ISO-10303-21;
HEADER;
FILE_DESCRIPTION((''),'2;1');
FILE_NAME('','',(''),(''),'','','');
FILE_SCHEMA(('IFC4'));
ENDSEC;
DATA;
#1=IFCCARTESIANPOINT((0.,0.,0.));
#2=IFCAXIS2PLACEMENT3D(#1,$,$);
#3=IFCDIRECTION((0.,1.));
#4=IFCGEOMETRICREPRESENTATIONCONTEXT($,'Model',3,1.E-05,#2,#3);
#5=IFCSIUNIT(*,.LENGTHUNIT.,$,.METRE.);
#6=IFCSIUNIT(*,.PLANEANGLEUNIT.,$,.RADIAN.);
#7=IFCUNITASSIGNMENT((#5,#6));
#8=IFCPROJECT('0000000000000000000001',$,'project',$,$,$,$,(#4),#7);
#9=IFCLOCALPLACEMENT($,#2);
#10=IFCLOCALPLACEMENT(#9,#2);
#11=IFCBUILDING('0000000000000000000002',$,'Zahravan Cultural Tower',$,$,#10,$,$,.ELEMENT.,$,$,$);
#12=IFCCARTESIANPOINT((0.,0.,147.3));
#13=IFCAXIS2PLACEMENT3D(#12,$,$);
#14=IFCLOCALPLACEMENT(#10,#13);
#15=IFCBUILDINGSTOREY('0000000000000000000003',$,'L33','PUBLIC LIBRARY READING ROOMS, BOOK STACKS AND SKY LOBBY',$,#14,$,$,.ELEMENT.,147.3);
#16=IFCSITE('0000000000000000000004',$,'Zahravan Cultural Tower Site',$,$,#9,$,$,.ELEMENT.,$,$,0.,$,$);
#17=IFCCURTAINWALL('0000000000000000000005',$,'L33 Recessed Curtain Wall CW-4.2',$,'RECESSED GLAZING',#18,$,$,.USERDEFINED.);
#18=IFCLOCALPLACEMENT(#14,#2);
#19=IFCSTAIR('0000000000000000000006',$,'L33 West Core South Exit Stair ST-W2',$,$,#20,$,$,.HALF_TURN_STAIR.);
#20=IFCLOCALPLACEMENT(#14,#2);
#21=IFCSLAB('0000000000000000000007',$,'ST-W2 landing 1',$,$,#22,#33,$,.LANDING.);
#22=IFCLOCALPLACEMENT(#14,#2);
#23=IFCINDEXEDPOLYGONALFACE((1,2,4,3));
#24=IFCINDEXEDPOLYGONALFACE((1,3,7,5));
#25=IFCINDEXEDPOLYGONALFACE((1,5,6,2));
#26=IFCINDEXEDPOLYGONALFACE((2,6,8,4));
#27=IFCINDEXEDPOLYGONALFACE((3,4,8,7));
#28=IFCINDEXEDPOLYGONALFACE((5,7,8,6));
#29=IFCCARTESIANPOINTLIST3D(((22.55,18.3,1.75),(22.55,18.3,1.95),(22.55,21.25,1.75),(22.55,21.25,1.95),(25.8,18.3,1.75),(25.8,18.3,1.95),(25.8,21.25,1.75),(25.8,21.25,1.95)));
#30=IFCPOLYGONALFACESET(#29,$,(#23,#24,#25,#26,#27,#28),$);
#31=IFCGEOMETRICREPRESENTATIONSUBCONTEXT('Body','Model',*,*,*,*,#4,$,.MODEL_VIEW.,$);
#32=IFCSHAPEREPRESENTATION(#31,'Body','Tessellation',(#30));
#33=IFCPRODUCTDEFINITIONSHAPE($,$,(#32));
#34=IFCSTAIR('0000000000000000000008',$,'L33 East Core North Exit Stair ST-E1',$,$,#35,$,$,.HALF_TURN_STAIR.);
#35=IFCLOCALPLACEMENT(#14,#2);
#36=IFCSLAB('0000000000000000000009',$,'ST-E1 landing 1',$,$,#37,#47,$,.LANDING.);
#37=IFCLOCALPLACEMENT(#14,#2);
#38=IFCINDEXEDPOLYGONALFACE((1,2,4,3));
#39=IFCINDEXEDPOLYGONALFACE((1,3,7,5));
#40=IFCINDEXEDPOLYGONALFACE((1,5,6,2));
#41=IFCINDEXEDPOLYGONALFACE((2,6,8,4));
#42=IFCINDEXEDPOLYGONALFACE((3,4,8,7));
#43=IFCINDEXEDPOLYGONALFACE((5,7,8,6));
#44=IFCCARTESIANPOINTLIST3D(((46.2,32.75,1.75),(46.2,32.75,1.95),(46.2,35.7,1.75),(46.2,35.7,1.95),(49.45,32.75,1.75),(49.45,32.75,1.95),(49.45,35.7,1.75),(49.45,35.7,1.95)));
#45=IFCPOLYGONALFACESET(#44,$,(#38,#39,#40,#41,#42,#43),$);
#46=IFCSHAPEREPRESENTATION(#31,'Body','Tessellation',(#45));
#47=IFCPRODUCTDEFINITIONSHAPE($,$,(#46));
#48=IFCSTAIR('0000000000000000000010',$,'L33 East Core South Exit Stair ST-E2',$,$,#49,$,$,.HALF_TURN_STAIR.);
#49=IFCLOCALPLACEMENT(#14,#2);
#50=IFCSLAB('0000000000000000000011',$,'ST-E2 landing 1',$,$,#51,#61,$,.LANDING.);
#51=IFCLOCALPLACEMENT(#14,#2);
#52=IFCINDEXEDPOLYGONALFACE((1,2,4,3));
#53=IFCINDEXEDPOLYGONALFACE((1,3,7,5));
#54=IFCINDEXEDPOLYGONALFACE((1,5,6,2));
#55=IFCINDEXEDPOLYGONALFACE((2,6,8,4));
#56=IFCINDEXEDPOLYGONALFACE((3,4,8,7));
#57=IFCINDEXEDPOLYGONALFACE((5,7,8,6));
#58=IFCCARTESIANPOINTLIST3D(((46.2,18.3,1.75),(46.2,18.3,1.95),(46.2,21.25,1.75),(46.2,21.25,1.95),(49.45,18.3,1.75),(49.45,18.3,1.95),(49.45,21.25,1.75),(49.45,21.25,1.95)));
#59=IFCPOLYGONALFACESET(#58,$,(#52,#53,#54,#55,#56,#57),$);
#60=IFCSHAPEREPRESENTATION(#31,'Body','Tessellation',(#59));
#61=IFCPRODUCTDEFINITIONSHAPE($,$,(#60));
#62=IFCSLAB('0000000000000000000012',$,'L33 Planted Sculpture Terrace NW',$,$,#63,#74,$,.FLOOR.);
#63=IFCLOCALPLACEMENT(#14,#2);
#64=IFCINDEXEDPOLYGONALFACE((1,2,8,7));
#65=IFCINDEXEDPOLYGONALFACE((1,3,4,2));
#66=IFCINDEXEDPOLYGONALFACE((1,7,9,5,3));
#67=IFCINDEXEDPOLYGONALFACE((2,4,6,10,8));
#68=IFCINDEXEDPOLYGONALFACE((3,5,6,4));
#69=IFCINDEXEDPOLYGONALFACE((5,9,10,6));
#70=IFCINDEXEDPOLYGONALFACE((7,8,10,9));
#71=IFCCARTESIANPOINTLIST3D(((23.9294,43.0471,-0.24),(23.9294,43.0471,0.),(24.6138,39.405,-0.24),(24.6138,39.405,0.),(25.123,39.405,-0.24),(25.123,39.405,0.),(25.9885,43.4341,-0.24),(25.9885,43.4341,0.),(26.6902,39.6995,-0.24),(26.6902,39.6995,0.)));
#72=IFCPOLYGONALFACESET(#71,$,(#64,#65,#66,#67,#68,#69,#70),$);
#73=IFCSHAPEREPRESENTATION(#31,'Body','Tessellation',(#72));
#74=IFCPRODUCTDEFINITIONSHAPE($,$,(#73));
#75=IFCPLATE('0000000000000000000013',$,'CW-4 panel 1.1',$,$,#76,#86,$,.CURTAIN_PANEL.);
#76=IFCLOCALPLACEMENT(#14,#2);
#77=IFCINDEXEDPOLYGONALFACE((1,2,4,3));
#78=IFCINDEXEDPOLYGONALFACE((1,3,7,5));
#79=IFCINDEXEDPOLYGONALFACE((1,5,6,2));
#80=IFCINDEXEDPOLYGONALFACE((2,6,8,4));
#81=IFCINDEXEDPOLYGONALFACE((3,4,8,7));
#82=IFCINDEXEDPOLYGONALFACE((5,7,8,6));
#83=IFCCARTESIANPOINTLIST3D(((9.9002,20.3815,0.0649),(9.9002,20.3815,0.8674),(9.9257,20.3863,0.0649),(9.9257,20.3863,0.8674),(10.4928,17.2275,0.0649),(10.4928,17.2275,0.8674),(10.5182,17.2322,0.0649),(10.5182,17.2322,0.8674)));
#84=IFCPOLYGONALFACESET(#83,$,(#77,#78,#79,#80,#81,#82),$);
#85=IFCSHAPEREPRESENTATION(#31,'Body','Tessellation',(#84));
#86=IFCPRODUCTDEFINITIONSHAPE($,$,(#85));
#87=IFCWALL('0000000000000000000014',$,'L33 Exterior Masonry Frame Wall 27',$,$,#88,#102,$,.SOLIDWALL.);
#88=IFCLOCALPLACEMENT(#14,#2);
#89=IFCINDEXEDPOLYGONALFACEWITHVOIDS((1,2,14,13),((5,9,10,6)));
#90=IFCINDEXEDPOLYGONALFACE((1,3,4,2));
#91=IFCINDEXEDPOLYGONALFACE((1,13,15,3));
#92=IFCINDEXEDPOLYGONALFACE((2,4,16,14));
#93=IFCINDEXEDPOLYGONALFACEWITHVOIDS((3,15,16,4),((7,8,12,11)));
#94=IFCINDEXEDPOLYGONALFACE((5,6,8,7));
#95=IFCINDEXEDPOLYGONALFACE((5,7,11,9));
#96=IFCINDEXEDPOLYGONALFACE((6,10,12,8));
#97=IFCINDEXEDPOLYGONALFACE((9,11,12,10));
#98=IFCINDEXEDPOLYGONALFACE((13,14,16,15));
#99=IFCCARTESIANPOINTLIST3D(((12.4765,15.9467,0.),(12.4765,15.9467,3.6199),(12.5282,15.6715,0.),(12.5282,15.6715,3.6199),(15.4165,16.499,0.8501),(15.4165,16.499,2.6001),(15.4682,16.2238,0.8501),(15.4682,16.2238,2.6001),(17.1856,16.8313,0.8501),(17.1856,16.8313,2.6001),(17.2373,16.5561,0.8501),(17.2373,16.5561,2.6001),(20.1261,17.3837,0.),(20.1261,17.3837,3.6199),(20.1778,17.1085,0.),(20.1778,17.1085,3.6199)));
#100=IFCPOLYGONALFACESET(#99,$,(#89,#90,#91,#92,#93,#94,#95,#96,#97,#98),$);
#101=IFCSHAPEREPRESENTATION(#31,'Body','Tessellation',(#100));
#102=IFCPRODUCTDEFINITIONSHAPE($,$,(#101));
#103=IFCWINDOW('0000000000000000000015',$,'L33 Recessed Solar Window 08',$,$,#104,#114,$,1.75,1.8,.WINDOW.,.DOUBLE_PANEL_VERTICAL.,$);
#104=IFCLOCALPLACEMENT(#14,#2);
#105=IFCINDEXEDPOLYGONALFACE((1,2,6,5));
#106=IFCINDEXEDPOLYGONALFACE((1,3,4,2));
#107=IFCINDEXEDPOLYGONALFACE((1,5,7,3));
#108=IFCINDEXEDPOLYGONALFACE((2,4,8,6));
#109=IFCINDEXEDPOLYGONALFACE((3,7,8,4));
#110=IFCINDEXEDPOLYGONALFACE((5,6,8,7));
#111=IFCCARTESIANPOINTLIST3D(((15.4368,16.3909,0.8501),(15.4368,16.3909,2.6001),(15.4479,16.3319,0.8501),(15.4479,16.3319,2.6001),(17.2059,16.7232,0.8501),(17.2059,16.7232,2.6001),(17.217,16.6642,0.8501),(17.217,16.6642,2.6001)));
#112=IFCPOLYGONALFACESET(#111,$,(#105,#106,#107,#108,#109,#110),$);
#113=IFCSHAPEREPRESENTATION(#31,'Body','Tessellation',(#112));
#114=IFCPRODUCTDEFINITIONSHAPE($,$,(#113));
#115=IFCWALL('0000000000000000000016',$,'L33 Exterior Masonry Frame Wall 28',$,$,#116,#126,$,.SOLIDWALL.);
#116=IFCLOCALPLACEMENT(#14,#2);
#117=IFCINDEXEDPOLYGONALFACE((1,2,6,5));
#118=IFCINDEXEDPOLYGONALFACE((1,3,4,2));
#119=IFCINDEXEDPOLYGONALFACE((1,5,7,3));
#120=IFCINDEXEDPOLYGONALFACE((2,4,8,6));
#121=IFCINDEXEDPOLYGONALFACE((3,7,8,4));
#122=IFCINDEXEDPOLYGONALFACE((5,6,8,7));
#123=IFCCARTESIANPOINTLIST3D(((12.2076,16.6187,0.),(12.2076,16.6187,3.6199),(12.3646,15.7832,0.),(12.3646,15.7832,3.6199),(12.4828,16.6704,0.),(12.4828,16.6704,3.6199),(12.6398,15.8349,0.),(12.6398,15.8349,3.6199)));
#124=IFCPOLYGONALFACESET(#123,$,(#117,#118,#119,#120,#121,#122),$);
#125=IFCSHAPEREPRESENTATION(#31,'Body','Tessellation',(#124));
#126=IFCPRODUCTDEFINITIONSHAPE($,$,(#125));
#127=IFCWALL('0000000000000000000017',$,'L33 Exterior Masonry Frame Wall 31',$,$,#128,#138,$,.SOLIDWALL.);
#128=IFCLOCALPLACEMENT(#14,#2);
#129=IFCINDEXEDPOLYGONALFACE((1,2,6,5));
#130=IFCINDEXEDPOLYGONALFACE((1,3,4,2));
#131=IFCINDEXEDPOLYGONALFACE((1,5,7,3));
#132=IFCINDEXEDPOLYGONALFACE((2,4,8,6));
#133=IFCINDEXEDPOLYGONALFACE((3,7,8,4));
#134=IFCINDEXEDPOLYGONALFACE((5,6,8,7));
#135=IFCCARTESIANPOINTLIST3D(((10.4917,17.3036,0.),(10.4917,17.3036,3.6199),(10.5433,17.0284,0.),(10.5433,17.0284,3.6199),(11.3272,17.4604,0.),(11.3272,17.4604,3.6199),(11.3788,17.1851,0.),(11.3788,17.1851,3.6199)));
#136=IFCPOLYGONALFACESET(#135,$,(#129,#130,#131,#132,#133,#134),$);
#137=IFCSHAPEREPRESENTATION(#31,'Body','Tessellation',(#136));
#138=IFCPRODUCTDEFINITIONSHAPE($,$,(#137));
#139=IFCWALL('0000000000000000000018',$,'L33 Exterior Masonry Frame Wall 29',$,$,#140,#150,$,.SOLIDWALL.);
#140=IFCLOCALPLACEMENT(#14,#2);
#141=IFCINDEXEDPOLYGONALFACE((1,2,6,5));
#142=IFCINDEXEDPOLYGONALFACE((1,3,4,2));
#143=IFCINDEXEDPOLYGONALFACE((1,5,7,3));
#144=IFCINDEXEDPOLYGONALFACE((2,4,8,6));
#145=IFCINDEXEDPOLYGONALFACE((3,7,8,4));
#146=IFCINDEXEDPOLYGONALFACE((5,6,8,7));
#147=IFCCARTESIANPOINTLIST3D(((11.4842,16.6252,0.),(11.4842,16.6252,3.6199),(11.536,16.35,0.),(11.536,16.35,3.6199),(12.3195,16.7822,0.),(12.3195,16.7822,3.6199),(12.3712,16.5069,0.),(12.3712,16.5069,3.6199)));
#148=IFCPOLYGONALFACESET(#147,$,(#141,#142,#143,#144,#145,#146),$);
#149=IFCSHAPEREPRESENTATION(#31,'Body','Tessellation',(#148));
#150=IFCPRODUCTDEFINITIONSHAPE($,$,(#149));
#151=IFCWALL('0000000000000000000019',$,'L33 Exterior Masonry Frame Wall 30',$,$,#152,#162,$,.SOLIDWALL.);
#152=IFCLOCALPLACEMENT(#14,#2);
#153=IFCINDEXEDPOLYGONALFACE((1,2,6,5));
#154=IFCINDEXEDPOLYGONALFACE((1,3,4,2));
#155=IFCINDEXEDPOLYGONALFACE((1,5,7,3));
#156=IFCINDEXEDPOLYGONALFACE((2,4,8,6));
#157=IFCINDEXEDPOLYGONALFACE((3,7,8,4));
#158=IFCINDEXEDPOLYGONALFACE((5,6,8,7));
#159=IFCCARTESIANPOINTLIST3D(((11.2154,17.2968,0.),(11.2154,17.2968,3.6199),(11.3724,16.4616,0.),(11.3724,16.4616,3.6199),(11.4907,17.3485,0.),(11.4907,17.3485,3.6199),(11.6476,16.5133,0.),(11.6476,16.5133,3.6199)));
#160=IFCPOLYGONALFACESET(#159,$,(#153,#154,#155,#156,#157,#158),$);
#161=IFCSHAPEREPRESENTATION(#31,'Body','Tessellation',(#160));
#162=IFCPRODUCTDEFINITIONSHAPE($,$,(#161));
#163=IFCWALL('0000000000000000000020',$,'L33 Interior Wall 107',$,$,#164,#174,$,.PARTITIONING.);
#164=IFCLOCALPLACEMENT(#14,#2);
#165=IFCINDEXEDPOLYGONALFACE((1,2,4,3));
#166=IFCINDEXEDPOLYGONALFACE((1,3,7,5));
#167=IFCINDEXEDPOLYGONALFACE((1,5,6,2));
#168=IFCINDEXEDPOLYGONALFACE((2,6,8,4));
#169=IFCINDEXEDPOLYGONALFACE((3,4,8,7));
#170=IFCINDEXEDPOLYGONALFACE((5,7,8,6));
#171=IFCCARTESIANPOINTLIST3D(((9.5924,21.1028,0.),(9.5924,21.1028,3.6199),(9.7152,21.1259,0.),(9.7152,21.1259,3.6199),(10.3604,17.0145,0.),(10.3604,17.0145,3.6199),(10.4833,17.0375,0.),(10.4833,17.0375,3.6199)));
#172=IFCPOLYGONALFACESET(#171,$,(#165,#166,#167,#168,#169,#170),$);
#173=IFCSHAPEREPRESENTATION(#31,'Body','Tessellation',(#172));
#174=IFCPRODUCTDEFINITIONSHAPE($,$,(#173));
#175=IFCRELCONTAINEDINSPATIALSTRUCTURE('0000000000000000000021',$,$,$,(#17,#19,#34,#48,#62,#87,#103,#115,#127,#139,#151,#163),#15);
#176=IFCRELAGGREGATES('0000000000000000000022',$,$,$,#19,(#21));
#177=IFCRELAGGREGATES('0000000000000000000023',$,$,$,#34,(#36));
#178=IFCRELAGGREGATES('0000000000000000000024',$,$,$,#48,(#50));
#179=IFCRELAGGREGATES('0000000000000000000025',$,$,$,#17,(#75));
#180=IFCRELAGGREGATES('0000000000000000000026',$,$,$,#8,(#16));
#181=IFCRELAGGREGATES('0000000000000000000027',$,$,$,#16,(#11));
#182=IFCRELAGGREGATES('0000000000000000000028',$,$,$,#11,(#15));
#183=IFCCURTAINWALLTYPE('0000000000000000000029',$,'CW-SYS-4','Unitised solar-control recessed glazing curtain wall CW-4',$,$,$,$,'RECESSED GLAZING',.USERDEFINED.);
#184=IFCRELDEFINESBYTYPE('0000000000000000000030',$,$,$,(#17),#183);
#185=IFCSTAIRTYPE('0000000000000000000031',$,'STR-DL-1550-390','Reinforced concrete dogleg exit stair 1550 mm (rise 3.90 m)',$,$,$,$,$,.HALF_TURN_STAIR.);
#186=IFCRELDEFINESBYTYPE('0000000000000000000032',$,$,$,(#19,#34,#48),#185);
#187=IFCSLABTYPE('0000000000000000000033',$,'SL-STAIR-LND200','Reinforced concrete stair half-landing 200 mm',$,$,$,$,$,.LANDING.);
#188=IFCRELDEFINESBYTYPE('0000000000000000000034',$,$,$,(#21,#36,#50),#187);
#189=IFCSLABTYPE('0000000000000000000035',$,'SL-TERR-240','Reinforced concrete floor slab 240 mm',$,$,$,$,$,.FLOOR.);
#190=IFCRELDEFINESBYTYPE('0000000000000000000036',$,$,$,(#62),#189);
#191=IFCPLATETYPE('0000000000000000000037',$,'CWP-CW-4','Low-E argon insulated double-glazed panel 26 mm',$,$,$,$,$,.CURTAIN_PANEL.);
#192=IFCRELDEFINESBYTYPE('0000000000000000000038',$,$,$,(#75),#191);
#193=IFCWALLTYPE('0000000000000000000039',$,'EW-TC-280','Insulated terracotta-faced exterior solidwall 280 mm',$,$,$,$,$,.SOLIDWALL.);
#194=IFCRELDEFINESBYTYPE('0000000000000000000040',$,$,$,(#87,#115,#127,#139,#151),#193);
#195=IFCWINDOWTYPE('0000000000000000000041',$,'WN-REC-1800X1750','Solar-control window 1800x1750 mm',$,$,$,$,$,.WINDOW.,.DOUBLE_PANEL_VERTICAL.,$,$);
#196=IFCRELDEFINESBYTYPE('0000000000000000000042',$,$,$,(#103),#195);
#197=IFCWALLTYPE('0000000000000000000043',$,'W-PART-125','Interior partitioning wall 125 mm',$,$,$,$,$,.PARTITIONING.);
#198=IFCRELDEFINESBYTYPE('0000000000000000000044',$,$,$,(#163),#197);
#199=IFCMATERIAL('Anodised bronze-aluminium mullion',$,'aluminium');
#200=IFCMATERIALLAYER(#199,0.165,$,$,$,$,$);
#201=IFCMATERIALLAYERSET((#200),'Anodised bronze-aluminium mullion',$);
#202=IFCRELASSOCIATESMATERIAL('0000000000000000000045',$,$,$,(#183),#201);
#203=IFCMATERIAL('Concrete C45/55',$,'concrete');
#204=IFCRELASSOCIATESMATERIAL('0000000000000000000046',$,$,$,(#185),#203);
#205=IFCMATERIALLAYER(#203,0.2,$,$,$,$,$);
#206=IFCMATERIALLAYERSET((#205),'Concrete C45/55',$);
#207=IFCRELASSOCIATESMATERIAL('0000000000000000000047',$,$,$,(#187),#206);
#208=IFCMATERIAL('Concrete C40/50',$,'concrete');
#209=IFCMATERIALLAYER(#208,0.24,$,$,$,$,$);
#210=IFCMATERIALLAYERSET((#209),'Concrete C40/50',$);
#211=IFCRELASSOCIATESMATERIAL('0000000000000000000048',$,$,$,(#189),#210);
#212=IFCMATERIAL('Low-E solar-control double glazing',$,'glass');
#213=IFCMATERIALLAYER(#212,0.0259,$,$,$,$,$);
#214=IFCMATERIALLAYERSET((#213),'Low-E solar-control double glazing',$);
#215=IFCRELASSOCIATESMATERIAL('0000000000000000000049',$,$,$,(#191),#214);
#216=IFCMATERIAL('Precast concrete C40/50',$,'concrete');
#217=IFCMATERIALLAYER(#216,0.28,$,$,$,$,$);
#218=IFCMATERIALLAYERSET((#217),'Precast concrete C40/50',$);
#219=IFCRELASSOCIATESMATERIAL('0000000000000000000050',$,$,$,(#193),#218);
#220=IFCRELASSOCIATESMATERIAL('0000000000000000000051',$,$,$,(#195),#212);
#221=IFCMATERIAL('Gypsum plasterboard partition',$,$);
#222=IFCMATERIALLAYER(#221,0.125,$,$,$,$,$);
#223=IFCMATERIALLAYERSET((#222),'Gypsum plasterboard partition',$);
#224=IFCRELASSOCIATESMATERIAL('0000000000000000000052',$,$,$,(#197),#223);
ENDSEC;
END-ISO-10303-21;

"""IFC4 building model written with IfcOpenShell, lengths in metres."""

from ifc_helpers import new_model, si_unit, direction, frame, frame_2d, origin, origin_2d, place, context, subcontext, project, spatial, polyline, rectangle, outline, extrude, source, transform, mapped, material, layer, layer_set, type_object, element, fill, aggregate, save


model = new_model("IFC4")

# Units and contexts
model_context = context("Model", 3, precision=1e-05, world=origin(), true_north=direction((0.0, 1.0)))
body_context = subcontext(model_context, "Body", "Model", "MODEL_VIEW")
ifc_project = project(units=[si_unit("LENGTHUNIT", "METRE"), si_unit("PLANEANGLEUNIT", "RADIAN")], contexts=[model_context])

# Site, building, storey
site_placement = place(None, origin())
site = spatial("IfcSite", under=ifc_project, at=site_placement, Name="Zahravan Cultural Tower Site", CompositionType="ELEMENT", RefElevation=0.0)
building_placement = place(site_placement, origin())
building = spatial("IfcBuilding", under=site, at=building_placement, Name="Zahravan Cultural Tower", CompositionType="ELEMENT")
storey_placement = place(building_placement, frame((0.0, 0.0, 147.3)))
storey = spatial("IfcBuildingStorey", under=building, at=storey_placement, Name="L33", Description="PUBLIC LIBRARY READING ROOMS, BOOK STACKS AND SKY LOBBY", CompositionType="ELEMENT", Elevation=147.3)

# Curtain wall
ifc_material_1 = material(Name="Anodised bronze-aluminium mullion", Category="aluminium")
ifc_layer_1 = layer(ifc_material_1, 0.165)
ifc_layer_set_1 = layer_set([ifc_layer_1], Name="Anodised bronze-aluminium mullion")
curtain_wall_type = type_object("IfcCurtainWallType", Name="CW-SYS-4", Description="Unitised solar-control recessed glazing curtain wall CW-4", ElementType="RECESSED GLAZING", PredefinedType="USERDEFINED", material=ifc_layer_set_1)
curtain_wall_placement = place(storey_placement, origin())
curtain_wall = element("IfcCurtainWall", 1, at=curtain_wall_placement, inside=storey, type_object=curtain_wall_type, Name="L33 Recessed Curtain Wall CW-4.2", ObjectType="RECESSED GLAZING", PredefinedType="USERDEFINED")

# Shared definitions
ifc_material_2 = material(Name="Concrete C45/55", Category="concrete")

# Stairs, slabs
stair_type = type_object("IfcStairType", Name="STR-DL-1550-390", Description="Reinforced concrete dogleg exit stair 1550 mm (rise 3.90 m)", PredefinedType="HALF_TURN_STAIR", material=ifc_material_2)
ifc_layer_2 = layer(ifc_material_2, 0.2)
ifc_layer_set_2 = layer_set([ifc_layer_2], Name="Concrete C45/55")
slab_type_1 = type_object("IfcSlabType", Name="SL-STAIR-LND200", Description="Reinforced concrete stair half-landing 200 mm", PredefinedType="LANDING", material=ifc_layer_set_2)
stair_1_placement = place(storey_placement, origin())
stair_1 = element("IfcStair", 2, at=stair_1_placement, inside=storey, type_object=stair_type, Name="L33 West Core South Exit Stair ST-W2", PredefinedType="HALF_TURN_STAIR")
slab_1_placement = place(storey_placement, frame((0.0, 0.0, 1.75)))
slab_1 = element("IfcSlab", 3, at=slab_1_placement, type_object=slab_type_1, Name="ST-W2 landing 1", PredefinedType="LANDING", context=body_context, shape_type="SweptSolid", body=[
    extrude(outline(polyline([(22.55, 21.25), (22.55, 18.3), (25.8, 18.3), (25.8, 21.25), (22.55, 21.25)])), origin(), (0.0, 0.0, 1.0), 0.2),
])
aggregate(stair_1, [slab_1])
stair_2_placement = place(storey_placement, origin())
stair_2 = element("IfcStair", 4, at=stair_2_placement, inside=storey, type_object=stair_type, Name="L33 East Core North Exit Stair ST-E1", PredefinedType="HALF_TURN_STAIR")
slab_2_placement = place(storey_placement, frame((0.0, 0.0, 1.75)))
slab_2 = element("IfcSlab", 5, at=slab_2_placement, type_object=slab_type_1, Name="ST-E1 landing 1", PredefinedType="LANDING", context=body_context, shape_type="SweptSolid", body=[
    extrude(outline(polyline([(49.45, 32.75), (49.45, 35.7), (46.2, 35.7), (46.2, 32.75), (49.45, 32.75)])), origin(), (0.0, 0.0, 1.0), 0.2),
])
aggregate(stair_2, [slab_2])
stair_3_placement = place(storey_placement, origin())
stair_3 = element("IfcStair", 6, at=stair_3_placement, inside=storey, type_object=stair_type, Name="L33 East Core South Exit Stair ST-E2", PredefinedType="HALF_TURN_STAIR")
slab_3_placement = place(storey_placement, frame((0.0, 0.0, 1.75)))
slab_3 = element("IfcSlab", 7, at=slab_3_placement, type_object=slab_type_1, Name="ST-E2 landing 1", PredefinedType="LANDING", context=body_context, shape_type="SweptSolid", body=[
    extrude(outline(polyline([(46.2, 21.25), (46.2, 18.3), (49.45, 18.3), (49.45, 21.25), (46.2, 21.25)])), origin(), (0.0, 0.0, 1.0), 0.2),
])
aggregate(stair_3, [slab_3])

# Slab
ifc_material_3 = material(Name="Concrete C40/50", Category="concrete")
ifc_layer_3 = layer(ifc_material_3, 0.24)
ifc_layer_set_3 = layer_set([ifc_layer_3], Name="Concrete C40/50")
slab_type_2 = type_object("IfcSlabType", Name="SL-TERR-240", Description="Reinforced concrete floor slab 240 mm", PredefinedType="FLOOR", material=ifc_layer_set_3)
slab_4_placement = place(storey_placement, frame((0.0, 0.0, -0.24)))
element("IfcSlab", 8, at=slab_4_placement, inside=storey, type_object=slab_type_2, Name="L33 Planted Sculpture Terrace NW", PredefinedType="FLOOR", context=body_context, shape_type="SweptSolid", body=[
    extrude(outline(polyline([(23.9294, 43.0471), (24.6138, 39.405), (25.123, 39.405), (26.6902, 39.6995), (25.9885, 43.4341), (23.9294, 43.0471)])), origin(), (0.0, 0.0, 1.0), 0.24),
])

# Plate
ifc_material_4 = material(Name="Low-E solar-control double glazing", Category="glass")
ifc_layer_4 = layer(ifc_material_4, 0.0259)
ifc_layer_set_4 = layer_set([ifc_layer_4], Name="Low-E solar-control double glazing")
plate_type = type_object("IfcPlateType", Name="CWP-CW-4", Description="Low-E argon insulated double-glazed panel 26 mm", PredefinedType="CURTAIN_PANEL", material=ifc_layer_set_4)
shared_shape_1 = source(origin(), body_context, "Body", "SweptSolid", [
    extrude(rectangle(XDim=3.2092, YDim=0.0259, at=origin_2d()), origin(), (0.0, 0.0, 1.0), 0.8025),
])
plate_placement = place(storey_placement, frame((10.2092, 18.8069, 0.0649), z_axis=(0.0, 0.0, 1.0), x_axis=(-0.184638, 0.982807, 0.0)))
plate = element("IfcPlate", 9, at=plate_placement, type_object=plate_type, Name="CW-4 panel 1.1", PredefinedType="CURTAIN_PANEL", context=body_context, shape_type="MappedRepresentation", body=[
    mapped(shared_shape_1, transform((0.0, 0.0, 0.0), x_axis=(1.0, 0.0, 0.0), y_axis=(0.0, 1.0, 0.0), z_axis=(0.0, 0.0, 1.0), scale=1.0)),
])
aggregate(curtain_wall, [plate])

# Wall, opening, window
ifc_material_5 = material(Name="Precast concrete C40/50", Category="concrete")
ifc_layer_5 = layer(ifc_material_5, 0.28)
ifc_layer_set_5 = layer_set([ifc_layer_5], Name="Precast concrete C40/50")
wall_type_1 = type_object("IfcWallType", Name="EW-TC-280", Description="Insulated terracotta-faced exterior solidwall 280 mm", PredefinedType="SOLIDWALL", material=ifc_layer_set_5)
wall_1_placement = place(storey_placement, frame((20.1519, 17.2461, 0.0), z_axis=(0.0, 0.0, 1.0), x_axis=(-0.982809, -0.184624, 0.0)))
wall_1 = element("IfcWall", 10, at=wall_1_placement, inside=storey, type_object=wall_type_1, Name="L33 Exterior Masonry Frame Wall 27", PredefinedType="SOLIDWALL", context=body_context, shape_type="SweptSolid", body=[
    extrude(rectangle(XDim=7.7834, YDim=0.28, at=frame_2d((3.8916, 0.0))), origin(), (0.0, 0.0, 1.0), 3.6199),
])
opening_placement = place(wall_1_placement, frame((2.9919, 0.0, 0.8501)))
opening = element("IfcOpeningElement", 11, at=opening_placement, cuts=wall_1, PredefinedType="OPENING", context=body_context, shape_type="SweptSolid", body=[
    extrude(rectangle(XDim=1.8, YDim=1.75, at=frame_2d((0.8999, 0.875))), frame((0.0, 0.1499, 0.0), z_axis=(0.0, -1.0, 0.0), x_axis=(1.0, 0.0, 0.0)), (0.0, 0.0, 1.0), 0.3),
])
window_type = type_object("IfcWindowType", Name="WN-REC-1800X1750", Description="Solar-control window 1800x1750 mm", PartitioningType="DOUBLE_PANEL_VERTICAL", PredefinedType="WINDOW", material=ifc_material_4)
shared_shape_2 = source(origin(), body_context, "Body", "SweptSolid", [
    extrude(rectangle(XDim=1.8, YDim=1.75, at=frame_2d((0.8999, 0.875))), frame((0.0, 0.03, 0.0), z_axis=(0.0, -1.0, 0.0), x_axis=(1.0, 0.0, 0.0)), (0.0, 0.0, 1.0), 0.0601),
])
window_placement = place(opening_placement, origin())
window = element("IfcWindow", 12, at=window_placement, inside=storey, type_object=window_type, Name="L33 Recessed Solar Window 08", OverallHeight=1.75, OverallWidth=1.8, PartitioningType="DOUBLE_PANEL_VERTICAL", PredefinedType="WINDOW", context=body_context, shape_type="MappedRepresentation", body=[
    mapped(shared_shape_2, transform((0.0, 0.0, 0.0), x_axis=(1.0, 0.0, 0.0), y_axis=(0.0, 1.0, 0.0), z_axis=(0.0, 0.0, 1.0), scale=1.0)),
])
fill(opening, window)

# Walls
shared_shape_3 = source(origin(), body_context, "Body", "SweptSolid", [
    extrude(rectangle(XDim=0.8501, YDim=0.28, at=frame_2d((0.425, 0.0))), origin(), (0.0, 0.0, 1.0), 3.6199),
])
for number, where, z_axis, x_axis, name in (
    (13, (12.5022, 15.8091, 0.0), (0.0, 0.0, 1.0), (-0.18467, 0.982801, 0.0), "L33 Exterior Masonry Frame Wall 28"),
    (14, (11.353, 17.3228, 0.0), (0.0, 0.0, 1.0), (-0.982853, -0.184393, 0.0), "L33 Exterior Masonry Frame Wall 31"),
):
    element("IfcWall", number, at=place(storey_placement, frame(where, z_axis=z_axis, x_axis=x_axis)), inside=storey, type_object=wall_type_1, Name=name, PredefinedType="SOLIDWALL", context=body_context, shape_type="MappedRepresentation", body=[
        mapped(shared_shape_3, transform((0.0, 0.0, 0.0), x_axis=(1.0, 0.0, 0.0), y_axis=(0.0, 1.0, 0.0), z_axis=(0.0, 0.0, 1.0), scale=1.0)),
    ])
shared_shape_4 = source(origin(), body_context, "Body", "SweptSolid", [
    extrude(rectangle(XDim=0.8499, YDim=0.28, at=frame_2d((0.4248, 0.0))), origin(), (0.0, 0.0, 1.0), 3.6199),
])
for number, where, z_axis, x_axis, name in (
    (15, (12.3452, 16.6445, 0.0), (0.0, 0.0, 1.0), (-0.982791, -0.184722, 0.0), "L33 Exterior Masonry Frame Wall 29"),
    (16, (11.51, 16.4875, 0.0), (0.0, 0.0, 1.0), (-0.184722, 0.982791, 0.0), "L33 Exterior Masonry Frame Wall 30"),
):
    element("IfcWall", number, at=place(storey_placement, frame(where, z_axis=z_axis, x_axis=x_axis)), inside=storey, type_object=wall_type_1, Name=name, PredefinedType="SOLIDWALL", context=body_context, shape_type="MappedRepresentation", body=[
        mapped(shared_shape_4, transform((0.0, 0.0, 0.0), x_axis=(1.0, 0.0, 0.0), y_axis=(0.0, 1.0, 0.0), z_axis=(0.0, 0.0, 1.0), scale=1.0)),
    ])
ifc_material_6 = material(Name="Gypsum plasterboard partition")
ifc_layer_6 = layer(ifc_material_6, 0.125)
ifc_layer_set_6 = layer_set([ifc_layer_6], Name="Gypsum plasterboard partition")
wall_type_2 = type_object("IfcWallType", Name="W-PART-125", Description="Interior partitioning wall 125 mm", PredefinedType="PARTITIONING", material=ifc_layer_set_6)
shared_shape_5 = source(origin(), body_context, "Body", "SweptSolid", [
    extrude(rectangle(XDim=4.1599, YDim=0.125, at=frame_2d((2.0801, 0.0))), origin(), (0.0, 0.0, 1.0), 3.6199),
])
wall_2_placement = place(storey_placement, frame((10.4219, 17.0259, 0.0), z_axis=(0.0, 0.0, 1.0), x_axis=(-0.184636, 0.982807, 0.0)))
element("IfcWall", 17, at=wall_2_placement, inside=storey, type_object=wall_type_2, Name="L33 Interior Wall 107", PredefinedType="PARTITIONING", context=body_context, shape_type="MappedRepresentation", body=[
    mapped(shared_shape_5, transform((0.0, 0.0, 0.0), x_axis=(1.0, 0.0, 0.0), y_axis=(0.0, 1.0, 0.0), z_axis=(0.0, 0.0, 1.0), scale=1.0)),
])

save(model, "model.ifc")
